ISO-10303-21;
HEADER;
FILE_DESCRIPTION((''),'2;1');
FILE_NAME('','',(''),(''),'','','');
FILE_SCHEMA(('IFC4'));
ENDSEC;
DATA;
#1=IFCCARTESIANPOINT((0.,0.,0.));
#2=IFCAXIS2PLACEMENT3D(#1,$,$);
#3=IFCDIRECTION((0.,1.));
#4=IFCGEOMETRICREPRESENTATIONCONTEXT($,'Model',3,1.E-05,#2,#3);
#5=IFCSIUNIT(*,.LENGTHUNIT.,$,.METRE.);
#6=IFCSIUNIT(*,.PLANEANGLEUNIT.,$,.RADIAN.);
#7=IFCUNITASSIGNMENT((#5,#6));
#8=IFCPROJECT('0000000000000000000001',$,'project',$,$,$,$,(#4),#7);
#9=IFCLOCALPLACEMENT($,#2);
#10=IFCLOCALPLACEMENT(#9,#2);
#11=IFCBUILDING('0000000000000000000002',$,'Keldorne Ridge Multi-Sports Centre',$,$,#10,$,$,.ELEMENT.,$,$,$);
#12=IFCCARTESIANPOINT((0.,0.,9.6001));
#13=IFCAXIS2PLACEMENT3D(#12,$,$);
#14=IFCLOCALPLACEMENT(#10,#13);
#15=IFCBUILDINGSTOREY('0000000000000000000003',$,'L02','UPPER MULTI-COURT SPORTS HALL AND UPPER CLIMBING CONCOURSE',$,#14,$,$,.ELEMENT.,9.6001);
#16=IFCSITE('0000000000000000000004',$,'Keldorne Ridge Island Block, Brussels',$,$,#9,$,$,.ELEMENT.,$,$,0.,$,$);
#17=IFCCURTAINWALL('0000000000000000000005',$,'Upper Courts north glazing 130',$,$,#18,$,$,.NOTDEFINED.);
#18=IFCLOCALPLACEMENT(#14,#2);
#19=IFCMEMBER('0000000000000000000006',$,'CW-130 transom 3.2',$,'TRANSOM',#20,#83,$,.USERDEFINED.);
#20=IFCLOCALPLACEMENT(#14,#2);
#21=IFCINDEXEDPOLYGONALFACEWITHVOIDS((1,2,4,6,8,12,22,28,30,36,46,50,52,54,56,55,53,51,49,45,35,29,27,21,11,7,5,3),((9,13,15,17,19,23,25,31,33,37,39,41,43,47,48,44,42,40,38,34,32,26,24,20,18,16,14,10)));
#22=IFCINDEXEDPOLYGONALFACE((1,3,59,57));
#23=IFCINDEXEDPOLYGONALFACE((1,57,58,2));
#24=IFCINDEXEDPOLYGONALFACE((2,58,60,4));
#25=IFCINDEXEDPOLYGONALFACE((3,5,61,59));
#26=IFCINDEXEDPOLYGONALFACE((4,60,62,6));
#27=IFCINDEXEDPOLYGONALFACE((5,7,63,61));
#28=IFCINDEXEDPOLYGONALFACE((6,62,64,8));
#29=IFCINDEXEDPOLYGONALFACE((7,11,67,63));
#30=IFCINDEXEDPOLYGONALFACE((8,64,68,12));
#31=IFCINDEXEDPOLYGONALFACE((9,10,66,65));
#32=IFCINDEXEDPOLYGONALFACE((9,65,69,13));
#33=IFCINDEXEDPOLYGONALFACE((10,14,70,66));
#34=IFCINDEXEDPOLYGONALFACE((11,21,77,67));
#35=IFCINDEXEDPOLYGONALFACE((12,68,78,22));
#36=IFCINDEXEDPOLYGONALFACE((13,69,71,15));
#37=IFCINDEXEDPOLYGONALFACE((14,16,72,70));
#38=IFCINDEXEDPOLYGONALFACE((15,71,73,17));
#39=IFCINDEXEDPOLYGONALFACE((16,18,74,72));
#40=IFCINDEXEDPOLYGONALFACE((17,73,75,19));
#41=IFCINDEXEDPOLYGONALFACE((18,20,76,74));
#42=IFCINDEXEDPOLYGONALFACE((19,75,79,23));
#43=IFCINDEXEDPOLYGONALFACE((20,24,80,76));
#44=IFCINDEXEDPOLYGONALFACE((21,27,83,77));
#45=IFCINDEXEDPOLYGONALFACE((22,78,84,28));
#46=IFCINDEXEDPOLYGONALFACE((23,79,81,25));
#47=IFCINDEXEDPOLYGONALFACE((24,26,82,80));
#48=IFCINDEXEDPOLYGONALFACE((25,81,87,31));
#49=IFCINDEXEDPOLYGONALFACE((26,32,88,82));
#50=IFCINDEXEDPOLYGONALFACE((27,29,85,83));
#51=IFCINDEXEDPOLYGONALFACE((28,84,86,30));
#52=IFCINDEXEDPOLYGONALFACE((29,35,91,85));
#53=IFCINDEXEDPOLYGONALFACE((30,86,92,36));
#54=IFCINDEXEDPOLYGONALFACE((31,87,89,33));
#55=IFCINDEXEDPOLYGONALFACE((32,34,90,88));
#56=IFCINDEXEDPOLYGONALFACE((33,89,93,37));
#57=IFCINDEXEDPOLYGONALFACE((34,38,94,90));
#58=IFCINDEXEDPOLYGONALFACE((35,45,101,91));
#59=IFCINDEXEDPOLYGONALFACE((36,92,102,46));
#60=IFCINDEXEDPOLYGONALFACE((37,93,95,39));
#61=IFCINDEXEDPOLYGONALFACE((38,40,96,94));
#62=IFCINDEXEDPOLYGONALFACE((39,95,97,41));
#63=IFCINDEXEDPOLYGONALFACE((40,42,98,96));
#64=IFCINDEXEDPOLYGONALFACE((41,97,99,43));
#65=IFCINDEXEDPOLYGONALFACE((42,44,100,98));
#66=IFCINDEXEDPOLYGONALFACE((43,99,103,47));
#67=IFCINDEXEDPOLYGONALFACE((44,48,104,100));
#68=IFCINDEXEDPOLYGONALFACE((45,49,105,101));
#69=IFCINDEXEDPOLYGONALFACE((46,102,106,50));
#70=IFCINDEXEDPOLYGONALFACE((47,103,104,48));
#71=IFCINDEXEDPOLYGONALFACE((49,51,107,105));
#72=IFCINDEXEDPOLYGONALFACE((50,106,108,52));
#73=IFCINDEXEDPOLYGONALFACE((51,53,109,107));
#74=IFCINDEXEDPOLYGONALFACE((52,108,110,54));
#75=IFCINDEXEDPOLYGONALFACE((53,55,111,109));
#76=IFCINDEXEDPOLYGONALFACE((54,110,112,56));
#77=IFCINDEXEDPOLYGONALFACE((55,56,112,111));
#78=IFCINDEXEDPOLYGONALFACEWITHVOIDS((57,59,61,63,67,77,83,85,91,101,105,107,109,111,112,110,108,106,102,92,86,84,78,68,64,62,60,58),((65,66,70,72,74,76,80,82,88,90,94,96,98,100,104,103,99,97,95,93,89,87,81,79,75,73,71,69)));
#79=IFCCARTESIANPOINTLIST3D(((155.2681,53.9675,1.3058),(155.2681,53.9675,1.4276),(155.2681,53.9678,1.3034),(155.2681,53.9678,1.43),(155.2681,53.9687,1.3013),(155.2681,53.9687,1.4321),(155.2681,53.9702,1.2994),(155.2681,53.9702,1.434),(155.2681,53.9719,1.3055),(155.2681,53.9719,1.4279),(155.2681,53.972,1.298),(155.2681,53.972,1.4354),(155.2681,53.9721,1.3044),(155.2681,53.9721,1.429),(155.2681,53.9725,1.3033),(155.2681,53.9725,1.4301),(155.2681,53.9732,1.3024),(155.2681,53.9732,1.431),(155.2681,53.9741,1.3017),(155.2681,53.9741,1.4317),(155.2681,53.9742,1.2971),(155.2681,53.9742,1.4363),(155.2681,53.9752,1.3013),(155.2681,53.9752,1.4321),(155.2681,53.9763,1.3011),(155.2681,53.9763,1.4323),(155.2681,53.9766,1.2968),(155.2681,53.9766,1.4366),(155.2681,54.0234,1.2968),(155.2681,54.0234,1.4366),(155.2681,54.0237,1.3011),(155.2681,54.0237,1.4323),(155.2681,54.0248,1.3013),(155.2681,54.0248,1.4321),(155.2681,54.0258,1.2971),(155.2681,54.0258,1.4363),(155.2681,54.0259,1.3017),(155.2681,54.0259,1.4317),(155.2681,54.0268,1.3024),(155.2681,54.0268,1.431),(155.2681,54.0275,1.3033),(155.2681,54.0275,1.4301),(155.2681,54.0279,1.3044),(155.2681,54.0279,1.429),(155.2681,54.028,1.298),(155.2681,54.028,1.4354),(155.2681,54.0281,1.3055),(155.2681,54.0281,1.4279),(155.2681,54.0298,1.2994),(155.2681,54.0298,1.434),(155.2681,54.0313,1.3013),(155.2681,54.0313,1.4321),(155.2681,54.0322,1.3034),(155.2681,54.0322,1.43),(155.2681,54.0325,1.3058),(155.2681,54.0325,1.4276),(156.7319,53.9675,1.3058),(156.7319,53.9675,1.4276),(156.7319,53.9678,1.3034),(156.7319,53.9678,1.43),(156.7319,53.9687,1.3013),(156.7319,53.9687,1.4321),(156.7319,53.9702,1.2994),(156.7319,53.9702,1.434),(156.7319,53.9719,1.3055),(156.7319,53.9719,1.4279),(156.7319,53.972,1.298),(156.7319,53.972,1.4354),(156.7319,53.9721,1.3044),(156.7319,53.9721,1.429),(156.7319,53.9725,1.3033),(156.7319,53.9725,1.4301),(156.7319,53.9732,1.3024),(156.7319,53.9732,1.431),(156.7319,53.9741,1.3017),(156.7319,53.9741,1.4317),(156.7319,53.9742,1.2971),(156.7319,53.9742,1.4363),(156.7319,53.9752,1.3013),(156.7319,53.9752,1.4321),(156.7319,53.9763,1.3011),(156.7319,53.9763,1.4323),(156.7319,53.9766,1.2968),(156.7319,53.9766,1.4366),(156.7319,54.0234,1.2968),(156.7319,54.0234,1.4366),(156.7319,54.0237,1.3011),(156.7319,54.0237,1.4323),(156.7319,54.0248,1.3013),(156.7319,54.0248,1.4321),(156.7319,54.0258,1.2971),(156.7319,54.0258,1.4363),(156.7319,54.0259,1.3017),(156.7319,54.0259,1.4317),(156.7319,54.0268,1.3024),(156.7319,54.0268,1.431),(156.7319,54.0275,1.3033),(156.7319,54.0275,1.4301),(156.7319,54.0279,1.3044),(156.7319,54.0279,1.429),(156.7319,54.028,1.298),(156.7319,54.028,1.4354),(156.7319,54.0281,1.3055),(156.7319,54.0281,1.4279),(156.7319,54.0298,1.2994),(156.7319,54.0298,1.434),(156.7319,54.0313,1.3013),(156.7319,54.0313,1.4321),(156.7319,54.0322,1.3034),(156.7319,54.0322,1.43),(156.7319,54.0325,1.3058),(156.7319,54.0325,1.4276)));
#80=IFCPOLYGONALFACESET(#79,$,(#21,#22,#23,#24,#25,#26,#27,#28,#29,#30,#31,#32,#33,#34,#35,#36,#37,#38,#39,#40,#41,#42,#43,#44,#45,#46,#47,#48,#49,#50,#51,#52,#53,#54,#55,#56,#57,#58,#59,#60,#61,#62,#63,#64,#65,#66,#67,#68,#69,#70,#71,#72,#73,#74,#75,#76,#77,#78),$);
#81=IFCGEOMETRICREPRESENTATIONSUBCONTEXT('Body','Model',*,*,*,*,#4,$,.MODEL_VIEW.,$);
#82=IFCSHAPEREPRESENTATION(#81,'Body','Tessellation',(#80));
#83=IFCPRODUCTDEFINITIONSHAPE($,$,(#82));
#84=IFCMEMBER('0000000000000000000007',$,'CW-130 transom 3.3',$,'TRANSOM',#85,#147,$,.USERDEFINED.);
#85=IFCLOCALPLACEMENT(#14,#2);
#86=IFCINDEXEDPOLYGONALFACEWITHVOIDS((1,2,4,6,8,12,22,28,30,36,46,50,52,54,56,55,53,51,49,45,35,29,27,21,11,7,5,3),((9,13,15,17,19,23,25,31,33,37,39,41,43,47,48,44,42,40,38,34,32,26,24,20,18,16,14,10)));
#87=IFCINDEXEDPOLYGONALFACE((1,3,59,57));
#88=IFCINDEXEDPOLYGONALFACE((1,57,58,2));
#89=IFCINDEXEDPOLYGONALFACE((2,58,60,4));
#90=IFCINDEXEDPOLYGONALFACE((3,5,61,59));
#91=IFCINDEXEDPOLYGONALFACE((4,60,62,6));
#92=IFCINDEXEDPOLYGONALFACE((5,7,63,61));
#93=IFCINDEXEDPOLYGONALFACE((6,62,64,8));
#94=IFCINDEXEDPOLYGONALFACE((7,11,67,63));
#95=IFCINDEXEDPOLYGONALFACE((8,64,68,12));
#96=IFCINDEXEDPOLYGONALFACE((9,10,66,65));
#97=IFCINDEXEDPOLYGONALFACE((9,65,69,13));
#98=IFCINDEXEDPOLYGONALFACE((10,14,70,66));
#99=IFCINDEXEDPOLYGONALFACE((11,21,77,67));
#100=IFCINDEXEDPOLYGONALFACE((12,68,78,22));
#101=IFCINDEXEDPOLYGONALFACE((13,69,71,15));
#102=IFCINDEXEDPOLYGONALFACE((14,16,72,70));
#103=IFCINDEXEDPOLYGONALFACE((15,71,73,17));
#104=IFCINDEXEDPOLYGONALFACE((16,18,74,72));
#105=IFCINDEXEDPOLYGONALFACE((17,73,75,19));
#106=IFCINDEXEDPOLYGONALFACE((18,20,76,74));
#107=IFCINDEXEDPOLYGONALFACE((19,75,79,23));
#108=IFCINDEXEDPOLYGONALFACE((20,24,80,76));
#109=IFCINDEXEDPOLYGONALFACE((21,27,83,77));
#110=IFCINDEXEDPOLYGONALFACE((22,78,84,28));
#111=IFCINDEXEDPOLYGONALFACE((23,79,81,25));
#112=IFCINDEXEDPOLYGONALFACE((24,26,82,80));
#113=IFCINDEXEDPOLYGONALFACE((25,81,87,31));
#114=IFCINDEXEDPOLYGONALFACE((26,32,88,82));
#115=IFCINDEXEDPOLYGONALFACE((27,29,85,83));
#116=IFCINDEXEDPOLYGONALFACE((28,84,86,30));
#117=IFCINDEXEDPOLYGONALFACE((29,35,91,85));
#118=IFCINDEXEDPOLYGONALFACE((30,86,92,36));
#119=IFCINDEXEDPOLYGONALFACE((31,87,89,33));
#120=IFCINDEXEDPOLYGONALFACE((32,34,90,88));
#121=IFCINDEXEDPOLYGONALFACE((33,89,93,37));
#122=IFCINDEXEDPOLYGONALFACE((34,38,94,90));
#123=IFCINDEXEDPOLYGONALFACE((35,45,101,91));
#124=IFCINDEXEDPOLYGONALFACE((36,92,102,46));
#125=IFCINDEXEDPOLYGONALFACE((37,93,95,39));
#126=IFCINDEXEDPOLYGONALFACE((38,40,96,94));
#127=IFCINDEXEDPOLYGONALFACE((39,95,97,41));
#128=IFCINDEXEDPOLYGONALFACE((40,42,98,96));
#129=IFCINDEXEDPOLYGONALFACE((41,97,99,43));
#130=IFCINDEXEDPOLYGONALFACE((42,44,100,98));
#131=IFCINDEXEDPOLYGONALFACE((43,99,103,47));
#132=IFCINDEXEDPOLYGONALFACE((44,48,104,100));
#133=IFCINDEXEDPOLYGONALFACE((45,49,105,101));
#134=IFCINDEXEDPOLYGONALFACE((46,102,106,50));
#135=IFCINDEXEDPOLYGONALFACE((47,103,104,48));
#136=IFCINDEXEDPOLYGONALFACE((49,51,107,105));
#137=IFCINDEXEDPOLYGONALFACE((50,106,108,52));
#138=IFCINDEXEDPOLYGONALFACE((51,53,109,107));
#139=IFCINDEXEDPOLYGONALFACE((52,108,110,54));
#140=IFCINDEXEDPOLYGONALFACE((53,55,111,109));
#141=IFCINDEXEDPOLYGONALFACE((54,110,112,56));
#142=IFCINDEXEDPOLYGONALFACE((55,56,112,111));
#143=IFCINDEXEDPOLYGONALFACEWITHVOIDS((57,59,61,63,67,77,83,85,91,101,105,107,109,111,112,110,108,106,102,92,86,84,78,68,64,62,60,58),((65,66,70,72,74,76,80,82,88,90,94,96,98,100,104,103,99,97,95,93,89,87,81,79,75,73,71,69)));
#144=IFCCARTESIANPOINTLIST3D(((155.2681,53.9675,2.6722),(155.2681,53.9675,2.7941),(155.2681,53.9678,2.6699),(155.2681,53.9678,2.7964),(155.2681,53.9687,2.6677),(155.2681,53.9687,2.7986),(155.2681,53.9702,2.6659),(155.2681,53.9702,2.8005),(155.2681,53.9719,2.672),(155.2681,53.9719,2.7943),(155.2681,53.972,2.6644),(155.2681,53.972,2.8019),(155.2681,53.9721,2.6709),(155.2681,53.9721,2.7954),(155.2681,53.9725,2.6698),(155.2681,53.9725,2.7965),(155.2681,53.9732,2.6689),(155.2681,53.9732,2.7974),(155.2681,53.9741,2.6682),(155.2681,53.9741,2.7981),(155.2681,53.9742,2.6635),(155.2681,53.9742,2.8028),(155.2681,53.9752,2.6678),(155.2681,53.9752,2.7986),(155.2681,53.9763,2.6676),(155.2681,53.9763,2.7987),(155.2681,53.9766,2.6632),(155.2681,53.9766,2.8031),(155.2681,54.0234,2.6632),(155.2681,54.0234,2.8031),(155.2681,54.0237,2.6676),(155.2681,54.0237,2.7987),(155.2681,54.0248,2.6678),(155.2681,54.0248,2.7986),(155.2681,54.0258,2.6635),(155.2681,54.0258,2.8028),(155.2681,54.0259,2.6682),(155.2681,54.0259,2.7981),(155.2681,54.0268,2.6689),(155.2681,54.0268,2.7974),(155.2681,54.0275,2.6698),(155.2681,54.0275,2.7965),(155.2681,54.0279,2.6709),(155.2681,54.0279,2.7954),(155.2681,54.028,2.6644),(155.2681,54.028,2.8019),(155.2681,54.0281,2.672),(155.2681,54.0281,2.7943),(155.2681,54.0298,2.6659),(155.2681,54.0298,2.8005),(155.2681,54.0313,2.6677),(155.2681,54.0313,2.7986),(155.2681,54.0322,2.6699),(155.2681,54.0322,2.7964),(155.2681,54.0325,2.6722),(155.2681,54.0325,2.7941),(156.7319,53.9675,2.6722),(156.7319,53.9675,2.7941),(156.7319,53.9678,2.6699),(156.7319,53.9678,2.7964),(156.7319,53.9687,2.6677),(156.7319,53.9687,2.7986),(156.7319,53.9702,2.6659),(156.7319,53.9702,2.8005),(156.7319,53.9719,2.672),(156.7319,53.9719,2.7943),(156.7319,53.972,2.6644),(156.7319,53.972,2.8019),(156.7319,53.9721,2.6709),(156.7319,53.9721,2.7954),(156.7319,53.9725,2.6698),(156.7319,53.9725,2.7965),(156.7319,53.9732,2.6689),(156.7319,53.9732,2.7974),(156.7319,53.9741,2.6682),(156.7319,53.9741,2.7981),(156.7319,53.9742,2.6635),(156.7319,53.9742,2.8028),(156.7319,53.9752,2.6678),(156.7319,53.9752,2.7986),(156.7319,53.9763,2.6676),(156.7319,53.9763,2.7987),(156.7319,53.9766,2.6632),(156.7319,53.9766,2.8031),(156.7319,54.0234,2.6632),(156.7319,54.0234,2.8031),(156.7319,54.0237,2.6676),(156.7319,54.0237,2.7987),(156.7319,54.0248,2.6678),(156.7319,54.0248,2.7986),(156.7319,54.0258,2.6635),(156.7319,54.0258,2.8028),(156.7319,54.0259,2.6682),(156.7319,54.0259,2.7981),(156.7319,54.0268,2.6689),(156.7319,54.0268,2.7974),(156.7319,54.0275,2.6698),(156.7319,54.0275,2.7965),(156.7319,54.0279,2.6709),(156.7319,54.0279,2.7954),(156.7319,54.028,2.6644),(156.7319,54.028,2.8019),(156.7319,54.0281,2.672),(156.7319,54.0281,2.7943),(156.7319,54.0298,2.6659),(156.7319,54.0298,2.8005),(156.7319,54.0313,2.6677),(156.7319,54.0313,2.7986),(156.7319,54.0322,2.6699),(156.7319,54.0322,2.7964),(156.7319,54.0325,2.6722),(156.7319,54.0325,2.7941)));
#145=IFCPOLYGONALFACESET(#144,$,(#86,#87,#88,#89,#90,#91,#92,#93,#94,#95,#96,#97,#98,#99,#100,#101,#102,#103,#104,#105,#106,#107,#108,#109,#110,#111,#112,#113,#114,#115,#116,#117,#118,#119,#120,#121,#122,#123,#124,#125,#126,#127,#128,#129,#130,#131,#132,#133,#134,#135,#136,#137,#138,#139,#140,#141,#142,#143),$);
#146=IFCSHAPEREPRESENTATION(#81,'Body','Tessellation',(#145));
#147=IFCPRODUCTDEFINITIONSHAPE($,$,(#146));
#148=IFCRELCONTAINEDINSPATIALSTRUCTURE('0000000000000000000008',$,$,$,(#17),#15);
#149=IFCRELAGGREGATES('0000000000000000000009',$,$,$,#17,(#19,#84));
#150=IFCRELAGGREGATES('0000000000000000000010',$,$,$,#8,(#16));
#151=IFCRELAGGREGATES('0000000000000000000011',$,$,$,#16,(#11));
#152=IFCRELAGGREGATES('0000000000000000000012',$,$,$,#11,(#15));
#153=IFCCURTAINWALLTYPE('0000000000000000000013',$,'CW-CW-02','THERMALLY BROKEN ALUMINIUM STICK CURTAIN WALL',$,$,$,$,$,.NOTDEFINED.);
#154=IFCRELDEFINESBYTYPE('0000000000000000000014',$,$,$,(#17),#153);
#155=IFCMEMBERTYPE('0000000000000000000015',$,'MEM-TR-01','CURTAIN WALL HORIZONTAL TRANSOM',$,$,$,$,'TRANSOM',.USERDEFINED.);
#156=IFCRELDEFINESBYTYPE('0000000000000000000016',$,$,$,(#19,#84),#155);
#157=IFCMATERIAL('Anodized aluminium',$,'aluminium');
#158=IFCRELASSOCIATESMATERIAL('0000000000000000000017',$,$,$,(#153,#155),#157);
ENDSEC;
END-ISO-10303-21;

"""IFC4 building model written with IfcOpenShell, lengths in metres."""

from ifc_helpers import new_model, si_unit, direction, frame, origin, origin_2d, place, context, subcontext, project, spatial, hollow_rectangle, extrude, material, material_profile, profile_set, type_object, element, aggregate, save


model = new_model("IFC4")

# Units and contexts
model_context = context("Model", 3, precision=1e-05, world=origin(), true_north=direction((0.0, 1.0)))
body_context = subcontext(model_context, "Body", "Model", "MODEL_VIEW")
ifc_project = project(units=[si_unit("LENGTHUNIT", "METRE"), si_unit("PLANEANGLEUNIT", "RADIAN")], contexts=[model_context])

# Site, building, storey
site_placement = place(None, origin())
site = spatial("IfcSite", under=ifc_project, at=site_placement, Name="Keldorne Ridge Island Block, Brussels", CompositionType="ELEMENT", RefElevation=0.0)
building_placement = place(site_placement, origin())
building = spatial("IfcBuilding", under=site, at=building_placement, Name="Keldorne Ridge Multi-Sports Centre", CompositionType="ELEMENT")
storey_placement = place(building_placement, frame((0.0, 0.0, 9.6001)))
storey = spatial("IfcBuildingStorey", under=building, at=storey_placement, Name="L02", Description="UPPER MULTI-COURT SPORTS HALL AND UPPER CLIMBING CONCOURSE", CompositionType="ELEMENT", Elevation=9.6001)

# Curtain wall, members
ifc_material_1 = material(Name="Anodized aluminium", Category="aluminium")
curtain_wall_type = type_object("IfcCurtainWallType", Name="CW-CW-02", Description="THERMALLY BROKEN ALUMINIUM STICK CURTAIN WALL", PredefinedType="NOTDEFINED", material=ifc_material_1)
curtain_wall_placement = place(storey_placement, origin())
curtain_wall = element("IfcCurtainWall", 1, at=curtain_wall_placement, inside=storey, type_object=curtain_wall_type, Name="Upper Courts north glazing 130", PredefinedType="NOTDEFINED")
ifc_material_profile_1 = material_profile(ifc_material_1, hollow_rectangle(XDim=0.0649, YDim=0.1399, WallThickness=0.0044, InnerFilletRadius=0.0044, OuterFilletRadius=0.009, at=origin_2d()), Name="ALU TRANSOM 140x65x4.5")
ifc_profile_set_1 = profile_set([ifc_material_profile_1], Name="Anodized aluminium")
member_type_1 = type_object("IfcMemberType", Name="MEM-TR-01", Description="CURTAIN WALL HORIZONTAL TRANSOM", ElementType="TRANSOM", PredefinedType="USERDEFINED", material=ifc_profile_set_1)
member_1_placement = place(storey_placement, frame((156.7319, 54.0, 1.3667), z_axis=(-1.0, 0.0, 0.0), x_axis=(0.0, -1.0, 0.0)))
member_1 = element("IfcMember", 2, at=member_1_placement, type_object=member_type_1, Name="CW-130 transom 3.2", ObjectType="TRANSOM", PredefinedType="USERDEFINED", context=body_context, shape_type="SweptSolid", body=[
    extrude(hollow_rectangle(XDim=0.0649, YDim=0.1399, WallThickness=0.0044, InnerFilletRadius=0.0044, OuterFilletRadius=0.009, at=origin_2d()), origin(), (0.0, 0.0, 1.0), 1.4639),
])
member_2_placement = place(storey_placement, frame((156.7319, 54.0, 2.7332), z_axis=(-1.0, 0.0, 0.0), x_axis=(0.0, -1.0, 0.0)))
member_2 = element("IfcMember", 3, at=member_2_placement, type_object=member_type_1, Name="CW-130 transom 3.3", ObjectType="TRANSOM", PredefinedType="USERDEFINED", context=body_context, shape_type="SweptSolid", body=[
    extrude(hollow_rectangle(XDim=0.0649, YDim=0.1399, WallThickness=0.0044, InnerFilletRadius=0.0044, OuterFilletRadius=0.009, at=origin_2d()), origin(), (0.0, 0.0, 1.0), 1.4639),
])
aggregate(curtain_wall, [member_1, member_2])

save(model, "model.ifc")
